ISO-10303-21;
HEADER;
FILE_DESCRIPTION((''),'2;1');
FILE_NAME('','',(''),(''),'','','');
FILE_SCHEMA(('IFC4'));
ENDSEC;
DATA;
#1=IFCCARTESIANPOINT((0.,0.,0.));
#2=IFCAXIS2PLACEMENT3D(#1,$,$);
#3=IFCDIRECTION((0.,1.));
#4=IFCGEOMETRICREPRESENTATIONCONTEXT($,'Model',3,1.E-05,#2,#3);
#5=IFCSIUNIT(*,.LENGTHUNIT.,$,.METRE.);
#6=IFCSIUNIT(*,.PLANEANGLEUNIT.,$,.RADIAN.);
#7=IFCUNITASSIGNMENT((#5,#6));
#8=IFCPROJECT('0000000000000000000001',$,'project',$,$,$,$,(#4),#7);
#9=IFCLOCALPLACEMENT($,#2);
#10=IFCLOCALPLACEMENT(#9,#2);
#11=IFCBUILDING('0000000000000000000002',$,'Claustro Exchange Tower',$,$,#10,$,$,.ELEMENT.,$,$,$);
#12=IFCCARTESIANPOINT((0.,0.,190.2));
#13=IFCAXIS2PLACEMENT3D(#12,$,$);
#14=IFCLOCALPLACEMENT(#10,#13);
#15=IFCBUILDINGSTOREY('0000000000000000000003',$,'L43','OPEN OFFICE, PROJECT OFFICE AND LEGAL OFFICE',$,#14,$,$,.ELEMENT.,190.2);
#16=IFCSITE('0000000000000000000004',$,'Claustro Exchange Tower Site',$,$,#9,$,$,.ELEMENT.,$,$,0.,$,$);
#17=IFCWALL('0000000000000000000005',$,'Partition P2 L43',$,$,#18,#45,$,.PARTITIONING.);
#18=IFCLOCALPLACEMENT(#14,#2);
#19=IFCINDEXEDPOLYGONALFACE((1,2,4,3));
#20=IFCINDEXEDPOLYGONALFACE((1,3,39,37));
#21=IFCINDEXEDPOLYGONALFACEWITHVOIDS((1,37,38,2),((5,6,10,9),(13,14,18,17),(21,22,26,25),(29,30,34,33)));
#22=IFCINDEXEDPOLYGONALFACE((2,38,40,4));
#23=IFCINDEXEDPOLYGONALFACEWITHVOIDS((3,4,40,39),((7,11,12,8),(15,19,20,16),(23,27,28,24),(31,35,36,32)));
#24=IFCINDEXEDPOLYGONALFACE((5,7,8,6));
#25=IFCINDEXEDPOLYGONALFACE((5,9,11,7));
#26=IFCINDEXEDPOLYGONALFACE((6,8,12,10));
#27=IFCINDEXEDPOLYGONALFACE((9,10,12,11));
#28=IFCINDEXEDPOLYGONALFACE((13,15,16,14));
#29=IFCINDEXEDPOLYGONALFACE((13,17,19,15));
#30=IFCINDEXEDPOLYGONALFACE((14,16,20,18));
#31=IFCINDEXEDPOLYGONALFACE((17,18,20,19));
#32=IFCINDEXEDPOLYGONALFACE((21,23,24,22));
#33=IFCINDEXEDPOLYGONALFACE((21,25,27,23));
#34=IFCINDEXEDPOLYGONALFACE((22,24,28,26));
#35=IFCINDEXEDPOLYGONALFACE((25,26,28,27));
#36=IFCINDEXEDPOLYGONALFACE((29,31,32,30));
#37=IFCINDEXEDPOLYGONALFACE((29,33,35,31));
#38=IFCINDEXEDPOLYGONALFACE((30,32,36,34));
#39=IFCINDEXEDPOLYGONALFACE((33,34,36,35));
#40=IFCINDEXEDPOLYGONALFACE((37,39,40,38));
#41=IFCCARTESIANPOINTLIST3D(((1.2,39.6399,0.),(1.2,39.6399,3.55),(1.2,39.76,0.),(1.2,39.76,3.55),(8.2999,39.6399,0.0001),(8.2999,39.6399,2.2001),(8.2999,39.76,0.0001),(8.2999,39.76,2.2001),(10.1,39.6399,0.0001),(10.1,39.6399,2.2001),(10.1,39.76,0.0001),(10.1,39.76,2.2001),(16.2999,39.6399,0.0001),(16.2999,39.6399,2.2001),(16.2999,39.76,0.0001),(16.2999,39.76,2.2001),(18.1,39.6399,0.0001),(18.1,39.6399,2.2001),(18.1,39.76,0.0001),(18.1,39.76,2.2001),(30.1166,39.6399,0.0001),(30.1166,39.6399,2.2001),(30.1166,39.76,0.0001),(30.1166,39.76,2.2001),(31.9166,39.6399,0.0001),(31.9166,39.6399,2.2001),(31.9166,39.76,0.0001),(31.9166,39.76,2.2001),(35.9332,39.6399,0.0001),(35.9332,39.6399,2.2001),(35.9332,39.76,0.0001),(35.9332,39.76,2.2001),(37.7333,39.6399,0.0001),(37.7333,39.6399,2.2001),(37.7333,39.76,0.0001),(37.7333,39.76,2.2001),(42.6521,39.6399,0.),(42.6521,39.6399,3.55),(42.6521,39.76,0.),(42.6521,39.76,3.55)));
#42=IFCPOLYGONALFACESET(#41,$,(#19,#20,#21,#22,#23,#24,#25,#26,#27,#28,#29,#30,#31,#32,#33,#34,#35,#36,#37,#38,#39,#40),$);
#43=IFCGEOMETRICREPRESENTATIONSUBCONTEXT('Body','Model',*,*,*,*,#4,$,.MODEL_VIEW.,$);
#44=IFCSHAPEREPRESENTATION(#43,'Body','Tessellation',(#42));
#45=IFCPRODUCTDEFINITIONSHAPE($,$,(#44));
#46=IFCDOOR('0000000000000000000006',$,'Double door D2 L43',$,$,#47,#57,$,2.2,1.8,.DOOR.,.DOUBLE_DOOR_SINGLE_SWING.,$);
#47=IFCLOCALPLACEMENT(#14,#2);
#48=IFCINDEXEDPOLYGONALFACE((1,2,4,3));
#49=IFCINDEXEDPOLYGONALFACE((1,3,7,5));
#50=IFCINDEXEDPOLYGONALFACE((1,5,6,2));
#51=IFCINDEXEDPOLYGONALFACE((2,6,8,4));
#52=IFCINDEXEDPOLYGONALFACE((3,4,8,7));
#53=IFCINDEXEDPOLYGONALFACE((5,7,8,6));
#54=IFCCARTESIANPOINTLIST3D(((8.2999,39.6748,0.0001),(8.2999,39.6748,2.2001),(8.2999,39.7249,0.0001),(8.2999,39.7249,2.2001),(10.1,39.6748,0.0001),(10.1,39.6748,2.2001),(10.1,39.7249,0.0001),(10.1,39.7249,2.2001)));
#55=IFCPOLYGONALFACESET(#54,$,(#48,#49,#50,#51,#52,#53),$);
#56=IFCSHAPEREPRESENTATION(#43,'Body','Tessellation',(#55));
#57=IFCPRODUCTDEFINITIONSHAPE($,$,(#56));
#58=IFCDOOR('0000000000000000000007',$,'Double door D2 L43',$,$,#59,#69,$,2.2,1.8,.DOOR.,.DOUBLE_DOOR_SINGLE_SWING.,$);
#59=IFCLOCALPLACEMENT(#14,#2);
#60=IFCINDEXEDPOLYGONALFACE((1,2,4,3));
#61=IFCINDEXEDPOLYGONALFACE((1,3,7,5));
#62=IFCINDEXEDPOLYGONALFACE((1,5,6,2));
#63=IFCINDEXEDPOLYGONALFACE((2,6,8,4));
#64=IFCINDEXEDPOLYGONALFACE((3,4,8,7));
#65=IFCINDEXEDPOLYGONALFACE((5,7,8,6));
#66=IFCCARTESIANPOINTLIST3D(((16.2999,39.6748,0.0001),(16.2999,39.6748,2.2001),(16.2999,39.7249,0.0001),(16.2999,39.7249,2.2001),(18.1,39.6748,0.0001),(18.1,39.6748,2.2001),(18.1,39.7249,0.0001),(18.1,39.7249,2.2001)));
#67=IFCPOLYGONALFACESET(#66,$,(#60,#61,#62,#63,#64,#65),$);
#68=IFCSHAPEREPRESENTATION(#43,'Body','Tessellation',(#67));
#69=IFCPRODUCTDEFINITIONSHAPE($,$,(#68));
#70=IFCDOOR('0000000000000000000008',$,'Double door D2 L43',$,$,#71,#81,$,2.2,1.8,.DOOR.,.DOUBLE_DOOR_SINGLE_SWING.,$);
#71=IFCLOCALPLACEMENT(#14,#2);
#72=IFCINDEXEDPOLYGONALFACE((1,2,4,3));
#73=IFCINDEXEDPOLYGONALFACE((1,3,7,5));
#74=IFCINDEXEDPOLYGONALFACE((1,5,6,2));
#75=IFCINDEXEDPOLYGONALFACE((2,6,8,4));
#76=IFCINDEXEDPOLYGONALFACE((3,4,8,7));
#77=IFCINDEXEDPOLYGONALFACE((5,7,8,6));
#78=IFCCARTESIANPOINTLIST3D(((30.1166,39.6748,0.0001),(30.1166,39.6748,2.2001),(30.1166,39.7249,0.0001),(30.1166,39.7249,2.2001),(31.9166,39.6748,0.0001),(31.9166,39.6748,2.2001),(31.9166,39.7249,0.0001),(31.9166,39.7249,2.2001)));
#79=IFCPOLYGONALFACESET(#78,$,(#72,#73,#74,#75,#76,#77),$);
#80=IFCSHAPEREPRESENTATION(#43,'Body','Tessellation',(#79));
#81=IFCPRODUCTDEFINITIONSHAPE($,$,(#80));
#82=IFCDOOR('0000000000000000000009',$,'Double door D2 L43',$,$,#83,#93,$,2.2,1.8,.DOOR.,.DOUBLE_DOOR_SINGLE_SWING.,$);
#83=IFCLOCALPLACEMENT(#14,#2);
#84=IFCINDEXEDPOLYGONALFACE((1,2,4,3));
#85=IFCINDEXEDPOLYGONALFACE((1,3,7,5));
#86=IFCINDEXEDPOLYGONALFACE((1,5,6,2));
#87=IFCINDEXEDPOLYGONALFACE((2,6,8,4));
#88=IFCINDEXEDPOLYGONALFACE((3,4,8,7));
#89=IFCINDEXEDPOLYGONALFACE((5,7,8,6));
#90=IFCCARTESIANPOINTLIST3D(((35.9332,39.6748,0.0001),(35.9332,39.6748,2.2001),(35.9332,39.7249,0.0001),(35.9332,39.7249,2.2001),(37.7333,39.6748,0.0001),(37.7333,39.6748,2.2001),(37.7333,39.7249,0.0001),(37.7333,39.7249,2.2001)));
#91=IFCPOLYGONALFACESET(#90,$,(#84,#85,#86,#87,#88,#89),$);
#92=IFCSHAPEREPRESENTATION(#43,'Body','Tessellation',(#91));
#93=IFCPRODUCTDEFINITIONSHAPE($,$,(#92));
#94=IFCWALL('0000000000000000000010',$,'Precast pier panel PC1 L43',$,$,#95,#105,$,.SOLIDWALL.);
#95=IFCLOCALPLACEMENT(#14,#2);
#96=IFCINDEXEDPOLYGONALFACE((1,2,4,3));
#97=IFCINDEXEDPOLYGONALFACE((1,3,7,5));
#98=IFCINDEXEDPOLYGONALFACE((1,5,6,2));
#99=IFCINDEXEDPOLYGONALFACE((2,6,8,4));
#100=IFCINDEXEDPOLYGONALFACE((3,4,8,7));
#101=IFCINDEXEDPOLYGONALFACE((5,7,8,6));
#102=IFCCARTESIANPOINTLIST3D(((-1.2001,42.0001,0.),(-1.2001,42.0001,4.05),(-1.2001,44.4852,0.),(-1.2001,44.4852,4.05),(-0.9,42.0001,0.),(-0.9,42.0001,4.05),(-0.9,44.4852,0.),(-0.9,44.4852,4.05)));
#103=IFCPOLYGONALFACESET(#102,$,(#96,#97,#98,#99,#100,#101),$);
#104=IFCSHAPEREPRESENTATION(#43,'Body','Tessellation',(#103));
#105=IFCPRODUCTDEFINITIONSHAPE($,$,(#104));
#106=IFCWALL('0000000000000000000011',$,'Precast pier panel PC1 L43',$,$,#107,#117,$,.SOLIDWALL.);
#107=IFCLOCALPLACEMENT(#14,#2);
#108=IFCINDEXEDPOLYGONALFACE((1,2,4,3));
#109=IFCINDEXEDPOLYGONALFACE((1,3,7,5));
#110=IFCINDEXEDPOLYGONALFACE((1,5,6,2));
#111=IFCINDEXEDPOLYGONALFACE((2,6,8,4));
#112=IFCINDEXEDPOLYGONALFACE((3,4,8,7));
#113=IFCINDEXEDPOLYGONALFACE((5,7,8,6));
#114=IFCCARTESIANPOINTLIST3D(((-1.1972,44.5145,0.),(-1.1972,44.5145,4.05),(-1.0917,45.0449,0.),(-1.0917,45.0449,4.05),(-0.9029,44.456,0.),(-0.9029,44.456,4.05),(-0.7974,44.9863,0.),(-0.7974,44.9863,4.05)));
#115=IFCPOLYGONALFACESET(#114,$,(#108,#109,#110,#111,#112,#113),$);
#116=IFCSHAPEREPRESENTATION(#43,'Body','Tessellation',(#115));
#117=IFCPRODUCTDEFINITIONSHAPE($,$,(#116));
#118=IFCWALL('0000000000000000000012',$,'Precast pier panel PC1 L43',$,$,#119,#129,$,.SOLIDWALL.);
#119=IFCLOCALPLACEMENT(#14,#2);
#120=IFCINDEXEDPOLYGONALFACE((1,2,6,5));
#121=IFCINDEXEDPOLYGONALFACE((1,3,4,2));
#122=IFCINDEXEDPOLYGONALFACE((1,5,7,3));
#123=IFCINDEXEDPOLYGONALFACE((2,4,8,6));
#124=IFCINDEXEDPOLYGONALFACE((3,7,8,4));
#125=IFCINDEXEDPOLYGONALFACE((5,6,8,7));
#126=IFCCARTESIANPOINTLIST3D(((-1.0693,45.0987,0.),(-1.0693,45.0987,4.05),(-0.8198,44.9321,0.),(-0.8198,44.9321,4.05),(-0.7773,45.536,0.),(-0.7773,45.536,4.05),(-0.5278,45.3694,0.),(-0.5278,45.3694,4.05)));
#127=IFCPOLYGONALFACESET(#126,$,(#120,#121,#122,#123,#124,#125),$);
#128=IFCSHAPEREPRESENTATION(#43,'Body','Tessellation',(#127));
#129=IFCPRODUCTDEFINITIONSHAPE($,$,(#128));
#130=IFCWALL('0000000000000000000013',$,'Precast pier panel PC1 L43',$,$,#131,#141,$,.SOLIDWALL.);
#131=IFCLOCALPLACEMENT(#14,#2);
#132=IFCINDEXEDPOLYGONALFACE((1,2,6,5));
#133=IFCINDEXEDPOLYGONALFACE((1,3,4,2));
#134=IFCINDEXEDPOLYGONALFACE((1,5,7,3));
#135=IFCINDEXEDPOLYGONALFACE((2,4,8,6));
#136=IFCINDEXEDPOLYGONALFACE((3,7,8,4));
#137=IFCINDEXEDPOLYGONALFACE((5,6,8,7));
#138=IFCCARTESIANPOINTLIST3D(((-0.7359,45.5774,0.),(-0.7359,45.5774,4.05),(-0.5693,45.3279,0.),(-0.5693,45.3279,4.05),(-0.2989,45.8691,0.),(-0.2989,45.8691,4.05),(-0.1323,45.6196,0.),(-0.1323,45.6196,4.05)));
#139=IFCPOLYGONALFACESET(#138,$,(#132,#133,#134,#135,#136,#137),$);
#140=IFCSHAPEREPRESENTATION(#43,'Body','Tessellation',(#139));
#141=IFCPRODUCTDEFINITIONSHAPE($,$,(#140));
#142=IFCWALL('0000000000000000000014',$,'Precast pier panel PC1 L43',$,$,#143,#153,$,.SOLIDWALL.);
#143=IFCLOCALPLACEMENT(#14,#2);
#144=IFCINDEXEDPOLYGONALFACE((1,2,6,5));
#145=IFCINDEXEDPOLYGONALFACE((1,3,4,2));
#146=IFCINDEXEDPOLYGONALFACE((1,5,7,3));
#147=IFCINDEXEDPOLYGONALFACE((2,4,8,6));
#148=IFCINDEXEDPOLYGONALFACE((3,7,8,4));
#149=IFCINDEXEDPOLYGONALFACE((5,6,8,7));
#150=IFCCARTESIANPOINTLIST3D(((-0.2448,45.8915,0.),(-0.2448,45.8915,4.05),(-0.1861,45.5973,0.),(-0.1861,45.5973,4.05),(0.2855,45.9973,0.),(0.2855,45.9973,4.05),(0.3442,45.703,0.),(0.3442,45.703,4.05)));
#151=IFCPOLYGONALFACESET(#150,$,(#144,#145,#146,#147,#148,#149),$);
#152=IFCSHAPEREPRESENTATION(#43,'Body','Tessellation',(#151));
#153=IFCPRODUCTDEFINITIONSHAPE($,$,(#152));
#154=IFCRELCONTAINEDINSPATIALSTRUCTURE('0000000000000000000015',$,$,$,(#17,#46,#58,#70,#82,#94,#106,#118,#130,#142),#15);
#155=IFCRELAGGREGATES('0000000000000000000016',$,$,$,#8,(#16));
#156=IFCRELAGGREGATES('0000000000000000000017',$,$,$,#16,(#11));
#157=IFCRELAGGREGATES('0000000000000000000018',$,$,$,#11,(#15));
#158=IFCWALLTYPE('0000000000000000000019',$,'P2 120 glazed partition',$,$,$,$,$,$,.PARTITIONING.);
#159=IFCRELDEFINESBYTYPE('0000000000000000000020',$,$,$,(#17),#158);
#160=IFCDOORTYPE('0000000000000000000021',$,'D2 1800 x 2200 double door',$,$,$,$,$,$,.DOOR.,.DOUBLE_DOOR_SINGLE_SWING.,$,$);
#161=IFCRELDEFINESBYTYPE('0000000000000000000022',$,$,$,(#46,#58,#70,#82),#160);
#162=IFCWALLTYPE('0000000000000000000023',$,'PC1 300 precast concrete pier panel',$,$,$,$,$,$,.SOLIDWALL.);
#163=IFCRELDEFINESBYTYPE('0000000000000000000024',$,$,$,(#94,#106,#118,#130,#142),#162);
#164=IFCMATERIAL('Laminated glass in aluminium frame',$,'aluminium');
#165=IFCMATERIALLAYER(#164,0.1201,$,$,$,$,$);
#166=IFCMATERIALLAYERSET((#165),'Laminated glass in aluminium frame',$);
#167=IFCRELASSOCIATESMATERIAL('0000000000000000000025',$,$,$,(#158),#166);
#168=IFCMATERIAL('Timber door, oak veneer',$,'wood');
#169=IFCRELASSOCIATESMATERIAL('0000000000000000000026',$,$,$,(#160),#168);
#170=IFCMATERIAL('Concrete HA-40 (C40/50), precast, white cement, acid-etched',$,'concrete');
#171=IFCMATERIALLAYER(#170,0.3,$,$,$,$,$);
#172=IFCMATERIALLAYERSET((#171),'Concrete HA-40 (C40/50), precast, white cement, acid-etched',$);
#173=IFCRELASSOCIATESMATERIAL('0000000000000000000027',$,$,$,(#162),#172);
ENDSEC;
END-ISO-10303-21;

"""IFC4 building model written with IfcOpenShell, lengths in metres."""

from ifc_helpers import new_model, si_unit, direction, frame, frame_2d, origin, place, context, subcontext, project, spatial, rectangle, extrude, material, layer, layer_set, type_object, element, fill, save


model = new_model("IFC4")

# Units and contexts
model_context = context("Model", 3, precision=1e-05, world=origin(), true_north=direction((0.0, 1.0)))
body_context = subcontext(model_context, "Body", "Model", "MODEL_VIEW")
ifc_project = project(units=[si_unit("LENGTHUNIT", "METRE"), si_unit("PLANEANGLEUNIT", "RADIAN")], contexts=[model_context])

# Site, building, storey
site_placement = place(None, origin())
site = spatial("IfcSite", under=ifc_project, at=site_placement, Name="Claustro Exchange Tower Site", CompositionType="ELEMENT", RefElevation=0.0)
building_placement = place(site_placement, origin())
building = spatial("IfcBuilding", under=site, at=building_placement, Name="Claustro Exchange Tower", CompositionType="ELEMENT")
storey_placement = place(building_placement, frame((0.0, 0.0, 190.2)))
storey = spatial("IfcBuildingStorey", under=building, at=storey_placement, Name="L43", Description="OPEN OFFICE, PROJECT OFFICE AND LEGAL OFFICE", CompositionType="ELEMENT", Elevation=190.2)

# Shared definitions
ifc_material_1 = material(Name="Laminated glass in aluminium frame", Category="aluminium")
ifc_layer_1 = layer(ifc_material_1, 0.1201)
ifc_layer_set_1 = layer_set([ifc_layer_1], Name="Laminated glass in aluminium frame")
wall_type_1 = type_object("IfcWallType", Name="P2 120 glazed partition", PredefinedType="PARTITIONING", material=ifc_layer_set_1)

# Wall, openings, doors
wall_1_placement = place(storey_placement, frame((1.2, 39.7, 0.0), z_axis=(0.0, 0.0, 1.0), x_axis=(1.0, 0.0, 0.0)))
wall_1 = element("IfcWall", 1, at=wall_1_placement, inside=storey, type_object=wall_type_1, Name="Partition P2 L43", PredefinedType="PARTITIONING", context=body_context, shape_type="SweptSolid", body=[
    extrude(rectangle(XDim=41.4521, YDim=0.1201, at=frame_2d((20.7261, 0.0))), origin(), (0.0, 0.0, 1.0), 3.55),
])
opening_1_placement = place(wall_1_placement, frame((7.1001, 0.0, 0.0)))
opening_1 = element("IfcOpeningElement", 2, at=opening_1_placement, cuts=wall_1, PredefinedType="OPENING", context=body_context, shape_type="SweptSolid", body=[
    extrude(rectangle(XDim=1.8, YDim=2.2, at=frame_2d((0.8999, 1.1001))), frame((0.0, 0.0701, 0.0), z_axis=(0.0, -1.0, 0.0), x_axis=(1.0, 0.0, 0.0)), (0.0, 0.0, 1.0), 0.1401),
])
opening_2_placement = place(wall_1_placement, frame((15.1001, 0.0, 0.0)))
opening_2 = element("IfcOpeningElement", 3, at=opening_2_placement, cuts=wall_1, PredefinedType="OPENING", context=body_context, shape_type="SweptSolid", body=[
    extrude(rectangle(XDim=1.8, YDim=2.2, at=frame_2d((0.8999, 1.1001))), frame((0.0, 0.0701, 0.0), z_axis=(0.0, -1.0, 0.0), x_axis=(1.0, 0.0, 0.0)), (0.0, 0.0, 1.0), 0.1401),
])
opening_3_placement = place(wall_1_placement, frame((28.9167, 0.0, 0.0)))
opening_3 = element("IfcOpeningElement", 4, at=opening_3_placement, cuts=wall_1, PredefinedType="OPENING", context=body_context, shape_type="SweptSolid", body=[
    extrude(rectangle(XDim=1.8, YDim=2.2, at=frame_2d((0.8999, 1.1001))), frame((0.0, 0.0701, 0.0), z_axis=(0.0, -1.0, 0.0), x_axis=(1.0, 0.0, 0.0)), (0.0, 0.0, 1.0), 0.1401),
])
opening_4_placement = place(wall_1_placement, frame((34.7334, 0.0, 0.0)))
opening_4 = element("IfcOpeningElement", 5, at=opening_4_placement, cuts=wall_1, PredefinedType="OPENING", context=body_context, shape_type="SweptSolid", body=[
    extrude(rectangle(XDim=1.8, YDim=2.2, at=frame_2d((0.8999, 1.1001))), frame((0.0, 0.0701, 0.0), z_axis=(0.0, -1.0, 0.0), x_axis=(1.0, 0.0, 0.0)), (0.0, 0.0, 1.0), 0.1401),
])
ifc_material_2 = material(Name="Timber door, oak veneer", Category="wood")
door_type_1 = type_object("IfcDoorType", Name="D2 1800 x 2200 double door", OperationType="DOUBLE_DOOR_SINGLE_SWING", PredefinedType="DOOR", material=ifc_material_2)
door_1_placement = place(opening_1_placement, origin())
door_1 = element("IfcDoor", 6, at=door_1_placement, inside=storey, type_object=door_type_1, Name="Double door D2 L43", OperationType="DOUBLE_DOOR_SINGLE_SWING", OverallHeight=2.2, OverallWidth=1.8, PredefinedType="DOOR", context=body_context, shape_type="SweptSolid", body=[
    extrude(rectangle(XDim=1.8, YDim=2.2, at=frame_2d((0.8999, 1.1001))), frame((0.0, 0.0249, 0.0), z_axis=(0.0, -1.0, 0.0), x_axis=(1.0, 0.0, 0.0)), (0.0, 0.0, 1.0), 0.05),
])
fill(opening_1, door_1)
door_2_placement = place(opening_2_placement, origin())
door_2 = element("IfcDoor", 7, at=door_2_placement, inside=storey, type_object=door_type_1, Name="Double door D2 L43", OperationType="DOUBLE_DOOR_SINGLE_SWING", OverallHeight=2.2, OverallWidth=1.8, PredefinedType="DOOR", context=body_context, shape_type="SweptSolid", body=[
    extrude(rectangle(XDim=1.8, YDim=2.2, at=frame_2d((0.8999, 1.1001))), frame((0.0, 0.0249, 0.0), z_axis=(0.0, -1.0, 0.0), x_axis=(1.0, 0.0, 0.0)), (0.0, 0.0, 1.0), 0.05),
])
fill(opening_2, door_2)
door_3_placement = place(opening_3_placement, origin())
door_3 = element("IfcDoor", 8, at=door_3_placement, inside=storey, type_object=door_type_1, Name="Double door D2 L43", OperationType="DOUBLE_DOOR_SINGLE_SWING", OverallHeight=2.2, OverallWidth=1.8, PredefinedType="DOOR", context=body_context, shape_type="SweptSolid", body=[
    extrude(rectangle(XDim=1.8, YDim=2.2, at=frame_2d((0.8999, 1.1001))), frame((0.0, 0.0249, 0.0), z_axis=(0.0, -1.0, 0.0), x_axis=(1.0, 0.0, 0.0)), (0.0, 0.0, 1.0), 0.05),
])
fill(opening_3, door_3)
door_4_placement = place(opening_4_placement, origin())
door_4 = element("IfcDoor", 9, at=door_4_placement, inside=storey, type_object=door_type_1, Name="Double door D2 L43", OperationType="DOUBLE_DOOR_SINGLE_SWING", OverallHeight=2.2, OverallWidth=1.8, PredefinedType="DOOR", context=body_context, shape_type="SweptSolid", body=[
    extrude(rectangle(XDim=1.8, YDim=2.2, at=frame_2d((0.8999, 1.1001))), frame((0.0, 0.0249, 0.0), z_axis=(0.0, -1.0, 0.0), x_axis=(1.0, 0.0, 0.0)), (0.0, 0.0, 1.0), 0.05),
])
fill(opening_4, door_4)

# Walls
ifc_material_3 = material(Name="Concrete HA-40 (C40/50), precast, white cement, acid-etched", Category="concrete")
ifc_layer_2 = layer(ifc_material_3, 0.3)
ifc_layer_set_2 = layer_set([ifc_layer_2], Name="Concrete HA-40 (C40/50), precast, white cement, acid-etched")
wall_type_2 = type_object("IfcWallType", Name="PC1 300 precast concrete pier panel", PredefinedType="SOLIDWALL", material=ifc_layer_set_2)
wall_2_placement = place(storey_placement, frame((-1.05, 42.0, 0.0), z_axis=(0.0, 0.0, 1.0), x_axis=(0.0, 1.0, 0.0)))
element("IfcWall", 10, at=wall_2_placement, inside=storey, type_object=wall_type_2, Name="Precast pier panel PC1 L43", PredefinedType="SOLIDWALL", context=body_context, shape_type="SweptSolid", body=[
    extrude(rectangle(XDim=2.4851, YDim=0.3, at=frame_2d((1.2427, 0.0))), origin(), (0.0, 0.0, 1.0), 4.05),
])
wall_3_placement = place(storey_placement, frame((-1.05, 44.4851, 0.0), z_axis=(0.0, 0.0, 1.0), x_axis=(0.195074, 0.980789, 0.0)))
element("IfcWall", 11, at=wall_3_placement, inside=storey, type_object=wall_type_2, Name="Precast pier panel PC1 L43", PredefinedType="SOLIDWALL", context=body_context, shape_type="SweptSolid", body=[
    extrude(rectangle(XDim=0.5408, YDim=0.3, at=frame_2d((0.2705, 0.0))), origin(), (0.0, 0.0, 1.0), 4.05),
])
wall_4_placement = place(storey_placement, frame((-0.9446, 45.0154, 0.0), z_axis=(0.0, 0.0, 1.0), x_axis=(0.555343, 0.831621, 0.0)))
element("IfcWall", 12, at=wall_4_placement, inside=storey, type_object=wall_type_2, Name="Precast pier panel PC1 L43", PredefinedType="SOLIDWALL", context=body_context, shape_type="SweptSolid", body=[
    extrude(rectangle(XDim=0.5259, YDim=0.3, at=frame_2d((0.2629, 0.0))), origin(), (0.0, 0.0, 1.0), 4.05),
])
wall_5_placement = place(storey_placement, frame((-0.6526, 45.4526, 0.0), z_axis=(0.0, 0.0, 1.0), x_axis=(0.831693, 0.555236, 0.0)))
element("IfcWall", 13, at=wall_5_placement, inside=storey, type_object=wall_type_2, Name="Precast pier panel PC1 L43", PredefinedType="SOLIDWALL", context=body_context, shape_type="SweptSolid", body=[
    extrude(rectangle(XDim=0.5254, YDim=0.3, at=frame_2d((0.2627, 0.0))), origin(), (0.0, 0.0, 1.0), 4.05),
])
wall_6_placement = place(storey_placement, frame((-0.2156, 45.7444, 0.0), z_axis=(0.0, 0.0, 1.0), x_axis=(0.980702, 0.195508, 0.0)))
element("IfcWall", 14, at=wall_6_placement, inside=storey, type_object=wall_type_2, Name="Precast pier panel PC1 L43", PredefinedType="SOLIDWALL", context=body_context, shape_type="SweptSolid", body=[
    extrude(rectangle(XDim=0.5408, YDim=0.3, at=frame_2d((0.2705, 0.0))), origin(), (0.0, 0.0, 1.0), 4.05),
])

save(model, "model.ifc")
